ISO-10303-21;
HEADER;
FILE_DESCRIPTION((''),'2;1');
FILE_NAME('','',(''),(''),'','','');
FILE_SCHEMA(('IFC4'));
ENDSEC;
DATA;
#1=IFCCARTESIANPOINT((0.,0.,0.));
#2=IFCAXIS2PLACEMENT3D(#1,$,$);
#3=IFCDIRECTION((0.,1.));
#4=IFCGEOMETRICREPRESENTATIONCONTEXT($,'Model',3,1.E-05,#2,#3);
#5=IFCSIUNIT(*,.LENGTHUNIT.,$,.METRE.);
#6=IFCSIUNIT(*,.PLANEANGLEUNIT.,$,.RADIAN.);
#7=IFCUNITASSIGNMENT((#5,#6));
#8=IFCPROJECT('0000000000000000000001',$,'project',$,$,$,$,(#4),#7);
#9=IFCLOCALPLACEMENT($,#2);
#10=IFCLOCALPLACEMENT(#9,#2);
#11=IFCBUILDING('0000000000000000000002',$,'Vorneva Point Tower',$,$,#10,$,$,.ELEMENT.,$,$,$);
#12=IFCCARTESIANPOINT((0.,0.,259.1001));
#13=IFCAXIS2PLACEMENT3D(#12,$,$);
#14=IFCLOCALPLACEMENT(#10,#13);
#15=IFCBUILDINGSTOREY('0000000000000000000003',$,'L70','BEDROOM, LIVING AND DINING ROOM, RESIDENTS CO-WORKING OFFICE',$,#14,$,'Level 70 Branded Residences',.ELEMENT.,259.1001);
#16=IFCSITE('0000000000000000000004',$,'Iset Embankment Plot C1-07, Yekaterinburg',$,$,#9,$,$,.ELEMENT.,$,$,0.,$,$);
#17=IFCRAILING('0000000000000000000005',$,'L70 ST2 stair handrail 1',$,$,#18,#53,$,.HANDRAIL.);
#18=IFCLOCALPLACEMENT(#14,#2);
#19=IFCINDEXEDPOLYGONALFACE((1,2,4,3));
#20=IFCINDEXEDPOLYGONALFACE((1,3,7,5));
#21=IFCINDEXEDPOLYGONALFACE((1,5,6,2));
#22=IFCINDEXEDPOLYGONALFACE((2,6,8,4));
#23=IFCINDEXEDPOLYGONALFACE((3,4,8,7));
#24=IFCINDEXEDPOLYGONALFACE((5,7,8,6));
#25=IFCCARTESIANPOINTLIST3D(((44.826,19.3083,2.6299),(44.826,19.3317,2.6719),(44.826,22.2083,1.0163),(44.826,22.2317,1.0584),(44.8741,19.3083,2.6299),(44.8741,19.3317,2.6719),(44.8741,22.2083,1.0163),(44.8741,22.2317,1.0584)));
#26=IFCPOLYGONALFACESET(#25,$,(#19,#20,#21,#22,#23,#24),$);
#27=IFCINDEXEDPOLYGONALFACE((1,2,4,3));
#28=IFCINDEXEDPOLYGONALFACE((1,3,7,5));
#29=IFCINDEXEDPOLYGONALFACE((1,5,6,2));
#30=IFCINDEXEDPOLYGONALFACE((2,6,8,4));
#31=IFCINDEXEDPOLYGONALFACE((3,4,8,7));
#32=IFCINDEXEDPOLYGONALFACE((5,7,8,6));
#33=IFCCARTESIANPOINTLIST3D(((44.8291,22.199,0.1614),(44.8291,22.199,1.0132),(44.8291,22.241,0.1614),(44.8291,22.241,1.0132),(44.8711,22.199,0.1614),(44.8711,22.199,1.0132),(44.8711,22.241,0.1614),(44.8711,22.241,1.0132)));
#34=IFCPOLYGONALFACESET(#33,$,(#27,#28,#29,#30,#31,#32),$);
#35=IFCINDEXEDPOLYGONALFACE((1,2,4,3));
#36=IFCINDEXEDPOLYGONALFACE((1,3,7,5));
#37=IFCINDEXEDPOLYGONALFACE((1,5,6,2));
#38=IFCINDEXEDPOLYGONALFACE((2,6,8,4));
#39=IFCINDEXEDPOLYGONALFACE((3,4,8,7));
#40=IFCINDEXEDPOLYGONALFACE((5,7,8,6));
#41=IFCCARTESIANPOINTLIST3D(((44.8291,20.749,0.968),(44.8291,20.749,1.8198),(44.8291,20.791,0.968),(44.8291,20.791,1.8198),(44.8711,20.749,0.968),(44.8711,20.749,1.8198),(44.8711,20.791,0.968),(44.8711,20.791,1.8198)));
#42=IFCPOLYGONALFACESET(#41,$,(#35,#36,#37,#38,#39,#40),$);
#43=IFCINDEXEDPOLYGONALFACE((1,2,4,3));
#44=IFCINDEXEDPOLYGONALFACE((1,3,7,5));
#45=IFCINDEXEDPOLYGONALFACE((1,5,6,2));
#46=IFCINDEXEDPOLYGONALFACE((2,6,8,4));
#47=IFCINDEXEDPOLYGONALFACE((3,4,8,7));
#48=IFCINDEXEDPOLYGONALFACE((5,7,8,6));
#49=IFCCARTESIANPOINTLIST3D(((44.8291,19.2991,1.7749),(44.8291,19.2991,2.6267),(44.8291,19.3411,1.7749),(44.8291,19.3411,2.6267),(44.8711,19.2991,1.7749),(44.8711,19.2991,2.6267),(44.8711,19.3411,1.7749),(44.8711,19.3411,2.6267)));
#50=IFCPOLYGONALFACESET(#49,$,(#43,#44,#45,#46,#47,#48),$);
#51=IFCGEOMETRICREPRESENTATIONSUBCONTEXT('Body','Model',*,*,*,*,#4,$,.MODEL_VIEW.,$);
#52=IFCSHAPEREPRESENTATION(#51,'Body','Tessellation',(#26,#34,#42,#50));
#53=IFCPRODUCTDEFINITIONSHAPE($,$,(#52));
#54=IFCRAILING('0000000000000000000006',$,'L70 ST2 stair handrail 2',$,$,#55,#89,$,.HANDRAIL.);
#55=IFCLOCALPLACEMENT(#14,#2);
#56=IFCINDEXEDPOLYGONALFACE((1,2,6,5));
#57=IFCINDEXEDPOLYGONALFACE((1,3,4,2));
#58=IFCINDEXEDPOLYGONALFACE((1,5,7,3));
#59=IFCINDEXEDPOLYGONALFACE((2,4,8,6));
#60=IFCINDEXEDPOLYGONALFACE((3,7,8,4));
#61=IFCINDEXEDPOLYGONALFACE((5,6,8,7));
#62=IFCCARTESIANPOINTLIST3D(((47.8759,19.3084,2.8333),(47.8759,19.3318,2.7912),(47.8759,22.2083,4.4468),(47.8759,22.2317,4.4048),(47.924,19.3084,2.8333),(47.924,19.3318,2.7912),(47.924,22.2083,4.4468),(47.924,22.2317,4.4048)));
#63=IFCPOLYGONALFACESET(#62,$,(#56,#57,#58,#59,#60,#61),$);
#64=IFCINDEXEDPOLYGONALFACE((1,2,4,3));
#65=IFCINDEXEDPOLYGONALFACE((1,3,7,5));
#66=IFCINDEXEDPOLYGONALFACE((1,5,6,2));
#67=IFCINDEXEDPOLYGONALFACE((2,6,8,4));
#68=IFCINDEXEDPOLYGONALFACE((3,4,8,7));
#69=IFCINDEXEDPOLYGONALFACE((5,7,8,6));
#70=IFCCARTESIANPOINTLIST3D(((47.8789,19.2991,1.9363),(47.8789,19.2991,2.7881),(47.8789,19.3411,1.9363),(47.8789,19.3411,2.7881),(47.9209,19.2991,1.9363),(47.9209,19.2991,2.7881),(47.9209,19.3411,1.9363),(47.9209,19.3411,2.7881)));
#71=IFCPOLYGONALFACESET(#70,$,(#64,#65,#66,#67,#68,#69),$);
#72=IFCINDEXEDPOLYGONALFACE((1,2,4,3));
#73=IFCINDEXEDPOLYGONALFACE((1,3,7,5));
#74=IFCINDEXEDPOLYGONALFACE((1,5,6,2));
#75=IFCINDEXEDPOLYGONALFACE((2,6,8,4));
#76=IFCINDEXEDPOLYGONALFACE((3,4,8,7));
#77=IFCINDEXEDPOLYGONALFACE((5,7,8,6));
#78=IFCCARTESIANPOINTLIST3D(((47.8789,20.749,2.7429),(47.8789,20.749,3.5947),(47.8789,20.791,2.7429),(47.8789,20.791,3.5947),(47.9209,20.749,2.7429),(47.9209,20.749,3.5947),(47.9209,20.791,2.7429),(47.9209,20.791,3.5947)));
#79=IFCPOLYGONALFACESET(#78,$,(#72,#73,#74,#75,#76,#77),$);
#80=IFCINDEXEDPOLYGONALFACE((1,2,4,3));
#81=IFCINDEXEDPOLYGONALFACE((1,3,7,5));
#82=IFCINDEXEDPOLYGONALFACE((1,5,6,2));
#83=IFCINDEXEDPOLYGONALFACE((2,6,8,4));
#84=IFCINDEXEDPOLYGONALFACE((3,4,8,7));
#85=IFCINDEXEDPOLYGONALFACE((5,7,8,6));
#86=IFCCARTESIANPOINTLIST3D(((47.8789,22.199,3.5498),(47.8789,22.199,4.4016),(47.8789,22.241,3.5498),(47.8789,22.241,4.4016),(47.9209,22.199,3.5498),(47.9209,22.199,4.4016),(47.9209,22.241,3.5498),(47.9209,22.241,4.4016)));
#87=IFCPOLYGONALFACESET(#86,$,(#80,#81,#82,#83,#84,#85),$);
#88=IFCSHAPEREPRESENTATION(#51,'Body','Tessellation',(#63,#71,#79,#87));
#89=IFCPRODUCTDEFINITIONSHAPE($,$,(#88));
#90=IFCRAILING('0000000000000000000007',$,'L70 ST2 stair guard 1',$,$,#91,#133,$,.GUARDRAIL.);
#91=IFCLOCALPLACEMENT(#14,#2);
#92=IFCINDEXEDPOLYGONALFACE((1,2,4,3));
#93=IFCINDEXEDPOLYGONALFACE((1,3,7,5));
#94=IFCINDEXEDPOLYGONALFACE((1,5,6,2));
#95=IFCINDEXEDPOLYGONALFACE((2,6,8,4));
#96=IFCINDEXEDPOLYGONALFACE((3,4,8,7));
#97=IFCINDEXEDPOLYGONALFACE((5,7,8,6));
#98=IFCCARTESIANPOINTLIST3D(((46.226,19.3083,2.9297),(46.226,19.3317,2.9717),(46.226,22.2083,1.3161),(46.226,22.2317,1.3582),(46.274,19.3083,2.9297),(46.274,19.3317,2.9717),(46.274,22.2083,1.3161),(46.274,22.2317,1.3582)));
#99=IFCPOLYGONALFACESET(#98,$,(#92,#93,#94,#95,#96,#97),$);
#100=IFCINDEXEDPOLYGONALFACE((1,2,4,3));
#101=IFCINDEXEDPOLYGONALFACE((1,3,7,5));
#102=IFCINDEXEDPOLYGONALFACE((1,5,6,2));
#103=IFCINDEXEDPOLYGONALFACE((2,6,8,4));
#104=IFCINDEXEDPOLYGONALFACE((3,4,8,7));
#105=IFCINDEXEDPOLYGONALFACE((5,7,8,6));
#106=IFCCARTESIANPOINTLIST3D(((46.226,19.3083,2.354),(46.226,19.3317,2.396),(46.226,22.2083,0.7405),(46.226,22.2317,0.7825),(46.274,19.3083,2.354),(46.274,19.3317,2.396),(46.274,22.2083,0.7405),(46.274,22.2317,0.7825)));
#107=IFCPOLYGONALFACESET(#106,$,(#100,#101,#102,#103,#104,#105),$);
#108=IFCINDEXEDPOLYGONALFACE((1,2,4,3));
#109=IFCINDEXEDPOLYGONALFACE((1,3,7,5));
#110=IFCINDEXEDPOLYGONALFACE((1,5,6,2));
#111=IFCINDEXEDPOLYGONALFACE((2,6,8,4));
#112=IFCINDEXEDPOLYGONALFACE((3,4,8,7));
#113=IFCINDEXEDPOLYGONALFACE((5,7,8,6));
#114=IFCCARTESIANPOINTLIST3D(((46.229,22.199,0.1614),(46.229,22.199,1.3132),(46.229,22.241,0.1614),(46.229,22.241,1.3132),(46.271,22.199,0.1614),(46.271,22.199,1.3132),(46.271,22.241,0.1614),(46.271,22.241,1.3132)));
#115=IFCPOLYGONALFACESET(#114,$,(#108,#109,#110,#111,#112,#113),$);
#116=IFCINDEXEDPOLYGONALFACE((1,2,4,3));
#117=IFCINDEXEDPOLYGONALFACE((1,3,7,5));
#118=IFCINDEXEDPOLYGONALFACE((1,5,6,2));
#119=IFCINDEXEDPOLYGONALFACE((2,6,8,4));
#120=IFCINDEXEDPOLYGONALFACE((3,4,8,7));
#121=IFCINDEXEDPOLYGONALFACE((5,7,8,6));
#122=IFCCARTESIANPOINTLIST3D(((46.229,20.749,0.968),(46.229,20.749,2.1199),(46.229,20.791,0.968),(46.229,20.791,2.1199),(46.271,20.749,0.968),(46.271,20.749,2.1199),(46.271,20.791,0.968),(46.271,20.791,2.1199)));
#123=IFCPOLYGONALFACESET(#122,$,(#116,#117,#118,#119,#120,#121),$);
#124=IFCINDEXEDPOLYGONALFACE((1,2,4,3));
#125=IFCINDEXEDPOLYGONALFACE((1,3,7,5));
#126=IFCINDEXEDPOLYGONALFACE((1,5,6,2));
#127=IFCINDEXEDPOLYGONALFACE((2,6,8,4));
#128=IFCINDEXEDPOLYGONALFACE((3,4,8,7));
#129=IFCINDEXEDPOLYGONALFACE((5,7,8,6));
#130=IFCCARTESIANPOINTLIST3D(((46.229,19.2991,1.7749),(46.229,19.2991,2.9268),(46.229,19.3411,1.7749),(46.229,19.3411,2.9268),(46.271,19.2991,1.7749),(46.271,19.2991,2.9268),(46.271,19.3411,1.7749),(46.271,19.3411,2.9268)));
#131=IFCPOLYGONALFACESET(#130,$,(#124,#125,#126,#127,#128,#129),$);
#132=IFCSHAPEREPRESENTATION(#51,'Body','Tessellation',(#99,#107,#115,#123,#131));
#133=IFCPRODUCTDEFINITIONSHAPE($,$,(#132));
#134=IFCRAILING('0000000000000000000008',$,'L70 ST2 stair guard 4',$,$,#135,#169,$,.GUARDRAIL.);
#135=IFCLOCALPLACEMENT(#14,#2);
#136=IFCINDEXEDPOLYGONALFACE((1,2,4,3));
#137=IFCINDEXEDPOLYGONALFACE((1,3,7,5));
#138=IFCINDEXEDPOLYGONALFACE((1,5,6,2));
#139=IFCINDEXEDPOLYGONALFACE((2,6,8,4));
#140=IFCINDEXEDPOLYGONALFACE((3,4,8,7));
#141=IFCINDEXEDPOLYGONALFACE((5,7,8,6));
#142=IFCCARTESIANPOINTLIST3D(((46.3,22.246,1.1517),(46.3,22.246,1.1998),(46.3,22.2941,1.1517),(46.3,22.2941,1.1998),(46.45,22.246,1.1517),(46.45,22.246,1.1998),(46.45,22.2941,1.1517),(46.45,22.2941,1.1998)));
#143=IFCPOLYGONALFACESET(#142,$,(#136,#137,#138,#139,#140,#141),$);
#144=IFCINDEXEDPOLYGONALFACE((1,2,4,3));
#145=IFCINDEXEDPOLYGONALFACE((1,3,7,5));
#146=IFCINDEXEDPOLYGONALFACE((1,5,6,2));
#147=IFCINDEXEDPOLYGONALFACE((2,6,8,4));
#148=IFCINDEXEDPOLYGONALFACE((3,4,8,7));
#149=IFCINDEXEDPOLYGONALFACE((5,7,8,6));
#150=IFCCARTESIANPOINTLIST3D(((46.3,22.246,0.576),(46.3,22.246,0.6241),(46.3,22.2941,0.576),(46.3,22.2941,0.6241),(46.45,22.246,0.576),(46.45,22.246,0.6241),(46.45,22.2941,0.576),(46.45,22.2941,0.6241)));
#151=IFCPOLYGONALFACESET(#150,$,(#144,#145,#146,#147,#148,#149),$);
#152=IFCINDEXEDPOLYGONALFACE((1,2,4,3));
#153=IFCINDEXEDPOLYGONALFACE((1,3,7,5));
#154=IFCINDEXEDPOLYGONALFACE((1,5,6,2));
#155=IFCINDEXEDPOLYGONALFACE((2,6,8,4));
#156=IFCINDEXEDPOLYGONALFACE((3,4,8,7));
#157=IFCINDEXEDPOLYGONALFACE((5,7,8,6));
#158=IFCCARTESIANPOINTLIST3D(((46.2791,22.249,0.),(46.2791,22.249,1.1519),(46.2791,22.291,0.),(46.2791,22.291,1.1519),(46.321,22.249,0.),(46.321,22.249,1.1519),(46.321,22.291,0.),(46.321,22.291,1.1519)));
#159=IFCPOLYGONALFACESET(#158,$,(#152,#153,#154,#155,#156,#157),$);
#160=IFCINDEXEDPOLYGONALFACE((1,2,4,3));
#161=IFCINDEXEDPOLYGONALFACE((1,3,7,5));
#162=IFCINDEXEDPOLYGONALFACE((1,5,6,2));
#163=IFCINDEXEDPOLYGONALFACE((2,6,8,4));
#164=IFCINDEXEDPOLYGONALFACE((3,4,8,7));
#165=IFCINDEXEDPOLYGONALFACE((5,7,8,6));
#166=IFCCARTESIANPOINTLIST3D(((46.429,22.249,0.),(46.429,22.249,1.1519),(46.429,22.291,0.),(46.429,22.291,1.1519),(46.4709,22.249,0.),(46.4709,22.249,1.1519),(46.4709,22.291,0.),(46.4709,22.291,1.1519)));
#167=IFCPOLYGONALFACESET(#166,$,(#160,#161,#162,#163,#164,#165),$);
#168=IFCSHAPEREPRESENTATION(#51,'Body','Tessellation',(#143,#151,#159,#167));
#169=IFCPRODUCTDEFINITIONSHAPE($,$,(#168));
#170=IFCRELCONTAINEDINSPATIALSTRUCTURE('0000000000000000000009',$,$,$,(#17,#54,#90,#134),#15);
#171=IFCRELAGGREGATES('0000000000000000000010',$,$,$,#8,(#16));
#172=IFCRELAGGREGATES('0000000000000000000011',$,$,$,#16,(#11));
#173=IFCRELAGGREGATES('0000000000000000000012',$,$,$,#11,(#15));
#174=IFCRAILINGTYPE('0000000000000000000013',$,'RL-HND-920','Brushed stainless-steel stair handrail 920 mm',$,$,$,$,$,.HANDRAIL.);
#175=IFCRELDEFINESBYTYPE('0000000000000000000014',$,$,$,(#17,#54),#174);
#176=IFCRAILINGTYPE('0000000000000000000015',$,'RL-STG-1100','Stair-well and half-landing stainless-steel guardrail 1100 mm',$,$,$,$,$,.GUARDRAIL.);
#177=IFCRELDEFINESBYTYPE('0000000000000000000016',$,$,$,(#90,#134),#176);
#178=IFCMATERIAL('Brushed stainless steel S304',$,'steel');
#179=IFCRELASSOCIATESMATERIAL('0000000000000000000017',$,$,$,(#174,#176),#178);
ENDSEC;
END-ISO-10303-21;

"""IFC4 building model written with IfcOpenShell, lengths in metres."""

from ifc_helpers import new_model, si_unit, direction, frame, origin, origin_2d, place, context, subcontext, project, spatial, rectangle, extrude, material, type_object, element, save


model = new_model("IFC4")

# Units and contexts
model_context = context("Model", 3, precision=1e-05, world=origin(), true_north=direction((0.0, 1.0)))
body_context = subcontext(model_context, "Body", "Model", "MODEL_VIEW")
ifc_project = project(units=[si_unit("LENGTHUNIT", "METRE"), si_unit("PLANEANGLEUNIT", "RADIAN")], contexts=[model_context])

# Site, building, storey
site_placement = place(None, origin())
site = spatial("IfcSite", under=ifc_project, at=site_placement, Name="Iset Embankment Plot C1-07, Yekaterinburg", CompositionType="ELEMENT", RefElevation=0.0)
building_placement = place(site_placement, origin())
building = spatial("IfcBuilding", under=site, at=building_placement, Name="Vorneva Point Tower", CompositionType="ELEMENT")
storey_placement = place(building_placement, frame((0.0, 0.0, 259.1001)))
storey = spatial("IfcBuildingStorey", under=building, at=storey_placement, Name="L70", Description="BEDROOM, LIVING AND DINING ROOM, RESIDENTS CO-WORKING OFFICE", LongName="Level 70 Branded Residences", CompositionType="ELEMENT", Elevation=259.1001)

# Railings
ifc_material_1 = material(Name="Brushed stainless steel S304", Category="steel")
railing_type_1 = type_object("IfcRailingType", Name="RL-HND-920", Description="Brushed stainless-steel stair handrail 920 mm", PredefinedType="HANDRAIL", material=ifc_material_1)
railing_1_placement = place(storey_placement, frame((44.8501, 22.22, 0.1614)))
element("IfcRailing", 1, at=railing_1_placement, inside=storey, type_object=railing_type_1, Name="L70 ST2 stair handrail 1", PredefinedType="HANDRAIL", context=body_context, shape_type="SweptSolid", body=[
    extrude(rectangle(XDim=0.0481, YDim=0.0481, at=origin_2d()), frame((0.0, 0.0, 0.876), z_axis=(0.0, -0.873841, 0.486211), x_axis=(1.0, 0.0, 0.0)), (0.0, 0.0, 1.0), 3.3186),
    extrude(rectangle(XDim=0.042, YDim=0.042, at=origin_2d()), origin(), (0.0, 0.0, 1.0), 0.8518),
    extrude(rectangle(XDim=0.042, YDim=0.042, at=origin_2d()), frame((0.0, -1.45, 0.8066)), (0.0, 0.0, 1.0), 0.8518),
    extrude(rectangle(XDim=0.042, YDim=0.042, at=origin_2d()), frame((0.0, -2.8999, 1.6135)), (0.0, 0.0, 1.0), 0.8518),
])
railing_2_placement = place(storey_placement, frame((47.8999, 19.3201, 1.9363)))
element("IfcRailing", 2, at=railing_2_placement, inside=storey, type_object=railing_type_1, Name="L70 ST2 stair handrail 2", PredefinedType="HANDRAIL", context=body_context, shape_type="SweptSolid", body=[
    extrude(rectangle(XDim=0.0481, YDim=0.0481, at=origin_2d()), frame((0.0, 0.0, 0.876), z_axis=(0.0, 0.873841, 0.486211), x_axis=(-1.0, 0.0, 0.0)), (0.0, 0.0, 1.0), 3.3186),
    extrude(rectangle(XDim=0.042, YDim=0.042, at=origin_2d()), origin(), (0.0, 0.0, 1.0), 0.8518),
    extrude(rectangle(XDim=0.042, YDim=0.042, at=origin_2d()), frame((0.0, 1.45, 0.8066)), (0.0, 0.0, 1.0), 0.8518),
    extrude(rectangle(XDim=0.042, YDim=0.042, at=origin_2d()), frame((0.0, 2.8999, 1.6135)), (0.0, 0.0, 1.0), 0.8518),
])
railing_type_2 = type_object("IfcRailingType", Name="RL-STG-1100", Description="Stair-well and half-landing stainless-steel guardrail 1100 mm", PredefinedType="GUARDRAIL", material=ifc_material_1)
railing_3_placement = place(storey_placement, frame((46.25, 22.22, 0.1614)))
element("IfcRailing", 3, at=railing_3_placement, inside=storey, type_object=railing_type_2, Name="L70 ST2 stair guard 1", PredefinedType="GUARDRAIL", context=body_context, shape_type="SweptSolid", body=[
    extrude(rectangle(XDim=0.0481, YDim=0.0481, at=origin_2d()), frame((0.0, 0.0, 1.1758), z_axis=(0.0, -0.873841, 0.486211), x_axis=(1.0, 0.0, 0.0)), (0.0, 0.0, 1.0), 3.3186),
    extrude(rectangle(XDim=0.0481, YDim=0.0481, at=origin_2d()), frame((0.0, 0.0, 0.6001), z_axis=(0.0, -0.873841, 0.486211), x_axis=(1.0, 0.0, 0.0)), (0.0, 0.0, 1.0), 3.3186),
    extrude(rectangle(XDim=0.042, YDim=0.042, at=origin_2d()), origin(), (0.0, 0.0, 1.0), 1.1519),
    extrude(rectangle(XDim=0.042, YDim=0.042, at=origin_2d()), frame((0.0, -1.45, 0.8066)), (0.0, 0.0, 1.0), 1.1519),
    extrude(rectangle(XDim=0.042, YDim=0.042, at=origin_2d()), frame((0.0, -2.8999, 1.6135)), (0.0, 0.0, 1.0), 1.1519),
])
railing_4_placement = place(storey_placement, frame((46.3, 22.27, 0.0)))
element("IfcRailing", 4, at=railing_4_placement, inside=storey, type_object=railing_type_2, Name="L70 ST2 stair guard 4", PredefinedType="GUARDRAIL", context=body_context, shape_type="SweptSolid", body=[
    extrude(rectangle(XDim=0.0481, YDim=0.0481, at=origin_2d()), frame((0.0, 0.0, 1.1758), z_axis=(1.0, 0.0, 0.0), x_axis=(0.0, 1.0, 0.0)), (0.0, 0.0, 1.0), 0.1499),
    extrude(rectangle(XDim=0.0481, YDim=0.0481, at=origin_2d()), frame((0.0, 0.0, 0.6001), z_axis=(1.0, 0.0, 0.0), x_axis=(0.0, 1.0, 0.0)), (0.0, 0.0, 1.0), 0.1499),
    extrude(rectangle(XDim=0.042, YDim=0.042, at=origin_2d()), origin(), (0.0, 0.0, 1.0), 1.1519),
    extrude(rectangle(XDim=0.042, YDim=0.042, at=origin_2d()), frame((0.1499, 0.0, 0.0)), (0.0, 0.0, 1.0), 1.1519),
])

save(model, "model.ifc")
